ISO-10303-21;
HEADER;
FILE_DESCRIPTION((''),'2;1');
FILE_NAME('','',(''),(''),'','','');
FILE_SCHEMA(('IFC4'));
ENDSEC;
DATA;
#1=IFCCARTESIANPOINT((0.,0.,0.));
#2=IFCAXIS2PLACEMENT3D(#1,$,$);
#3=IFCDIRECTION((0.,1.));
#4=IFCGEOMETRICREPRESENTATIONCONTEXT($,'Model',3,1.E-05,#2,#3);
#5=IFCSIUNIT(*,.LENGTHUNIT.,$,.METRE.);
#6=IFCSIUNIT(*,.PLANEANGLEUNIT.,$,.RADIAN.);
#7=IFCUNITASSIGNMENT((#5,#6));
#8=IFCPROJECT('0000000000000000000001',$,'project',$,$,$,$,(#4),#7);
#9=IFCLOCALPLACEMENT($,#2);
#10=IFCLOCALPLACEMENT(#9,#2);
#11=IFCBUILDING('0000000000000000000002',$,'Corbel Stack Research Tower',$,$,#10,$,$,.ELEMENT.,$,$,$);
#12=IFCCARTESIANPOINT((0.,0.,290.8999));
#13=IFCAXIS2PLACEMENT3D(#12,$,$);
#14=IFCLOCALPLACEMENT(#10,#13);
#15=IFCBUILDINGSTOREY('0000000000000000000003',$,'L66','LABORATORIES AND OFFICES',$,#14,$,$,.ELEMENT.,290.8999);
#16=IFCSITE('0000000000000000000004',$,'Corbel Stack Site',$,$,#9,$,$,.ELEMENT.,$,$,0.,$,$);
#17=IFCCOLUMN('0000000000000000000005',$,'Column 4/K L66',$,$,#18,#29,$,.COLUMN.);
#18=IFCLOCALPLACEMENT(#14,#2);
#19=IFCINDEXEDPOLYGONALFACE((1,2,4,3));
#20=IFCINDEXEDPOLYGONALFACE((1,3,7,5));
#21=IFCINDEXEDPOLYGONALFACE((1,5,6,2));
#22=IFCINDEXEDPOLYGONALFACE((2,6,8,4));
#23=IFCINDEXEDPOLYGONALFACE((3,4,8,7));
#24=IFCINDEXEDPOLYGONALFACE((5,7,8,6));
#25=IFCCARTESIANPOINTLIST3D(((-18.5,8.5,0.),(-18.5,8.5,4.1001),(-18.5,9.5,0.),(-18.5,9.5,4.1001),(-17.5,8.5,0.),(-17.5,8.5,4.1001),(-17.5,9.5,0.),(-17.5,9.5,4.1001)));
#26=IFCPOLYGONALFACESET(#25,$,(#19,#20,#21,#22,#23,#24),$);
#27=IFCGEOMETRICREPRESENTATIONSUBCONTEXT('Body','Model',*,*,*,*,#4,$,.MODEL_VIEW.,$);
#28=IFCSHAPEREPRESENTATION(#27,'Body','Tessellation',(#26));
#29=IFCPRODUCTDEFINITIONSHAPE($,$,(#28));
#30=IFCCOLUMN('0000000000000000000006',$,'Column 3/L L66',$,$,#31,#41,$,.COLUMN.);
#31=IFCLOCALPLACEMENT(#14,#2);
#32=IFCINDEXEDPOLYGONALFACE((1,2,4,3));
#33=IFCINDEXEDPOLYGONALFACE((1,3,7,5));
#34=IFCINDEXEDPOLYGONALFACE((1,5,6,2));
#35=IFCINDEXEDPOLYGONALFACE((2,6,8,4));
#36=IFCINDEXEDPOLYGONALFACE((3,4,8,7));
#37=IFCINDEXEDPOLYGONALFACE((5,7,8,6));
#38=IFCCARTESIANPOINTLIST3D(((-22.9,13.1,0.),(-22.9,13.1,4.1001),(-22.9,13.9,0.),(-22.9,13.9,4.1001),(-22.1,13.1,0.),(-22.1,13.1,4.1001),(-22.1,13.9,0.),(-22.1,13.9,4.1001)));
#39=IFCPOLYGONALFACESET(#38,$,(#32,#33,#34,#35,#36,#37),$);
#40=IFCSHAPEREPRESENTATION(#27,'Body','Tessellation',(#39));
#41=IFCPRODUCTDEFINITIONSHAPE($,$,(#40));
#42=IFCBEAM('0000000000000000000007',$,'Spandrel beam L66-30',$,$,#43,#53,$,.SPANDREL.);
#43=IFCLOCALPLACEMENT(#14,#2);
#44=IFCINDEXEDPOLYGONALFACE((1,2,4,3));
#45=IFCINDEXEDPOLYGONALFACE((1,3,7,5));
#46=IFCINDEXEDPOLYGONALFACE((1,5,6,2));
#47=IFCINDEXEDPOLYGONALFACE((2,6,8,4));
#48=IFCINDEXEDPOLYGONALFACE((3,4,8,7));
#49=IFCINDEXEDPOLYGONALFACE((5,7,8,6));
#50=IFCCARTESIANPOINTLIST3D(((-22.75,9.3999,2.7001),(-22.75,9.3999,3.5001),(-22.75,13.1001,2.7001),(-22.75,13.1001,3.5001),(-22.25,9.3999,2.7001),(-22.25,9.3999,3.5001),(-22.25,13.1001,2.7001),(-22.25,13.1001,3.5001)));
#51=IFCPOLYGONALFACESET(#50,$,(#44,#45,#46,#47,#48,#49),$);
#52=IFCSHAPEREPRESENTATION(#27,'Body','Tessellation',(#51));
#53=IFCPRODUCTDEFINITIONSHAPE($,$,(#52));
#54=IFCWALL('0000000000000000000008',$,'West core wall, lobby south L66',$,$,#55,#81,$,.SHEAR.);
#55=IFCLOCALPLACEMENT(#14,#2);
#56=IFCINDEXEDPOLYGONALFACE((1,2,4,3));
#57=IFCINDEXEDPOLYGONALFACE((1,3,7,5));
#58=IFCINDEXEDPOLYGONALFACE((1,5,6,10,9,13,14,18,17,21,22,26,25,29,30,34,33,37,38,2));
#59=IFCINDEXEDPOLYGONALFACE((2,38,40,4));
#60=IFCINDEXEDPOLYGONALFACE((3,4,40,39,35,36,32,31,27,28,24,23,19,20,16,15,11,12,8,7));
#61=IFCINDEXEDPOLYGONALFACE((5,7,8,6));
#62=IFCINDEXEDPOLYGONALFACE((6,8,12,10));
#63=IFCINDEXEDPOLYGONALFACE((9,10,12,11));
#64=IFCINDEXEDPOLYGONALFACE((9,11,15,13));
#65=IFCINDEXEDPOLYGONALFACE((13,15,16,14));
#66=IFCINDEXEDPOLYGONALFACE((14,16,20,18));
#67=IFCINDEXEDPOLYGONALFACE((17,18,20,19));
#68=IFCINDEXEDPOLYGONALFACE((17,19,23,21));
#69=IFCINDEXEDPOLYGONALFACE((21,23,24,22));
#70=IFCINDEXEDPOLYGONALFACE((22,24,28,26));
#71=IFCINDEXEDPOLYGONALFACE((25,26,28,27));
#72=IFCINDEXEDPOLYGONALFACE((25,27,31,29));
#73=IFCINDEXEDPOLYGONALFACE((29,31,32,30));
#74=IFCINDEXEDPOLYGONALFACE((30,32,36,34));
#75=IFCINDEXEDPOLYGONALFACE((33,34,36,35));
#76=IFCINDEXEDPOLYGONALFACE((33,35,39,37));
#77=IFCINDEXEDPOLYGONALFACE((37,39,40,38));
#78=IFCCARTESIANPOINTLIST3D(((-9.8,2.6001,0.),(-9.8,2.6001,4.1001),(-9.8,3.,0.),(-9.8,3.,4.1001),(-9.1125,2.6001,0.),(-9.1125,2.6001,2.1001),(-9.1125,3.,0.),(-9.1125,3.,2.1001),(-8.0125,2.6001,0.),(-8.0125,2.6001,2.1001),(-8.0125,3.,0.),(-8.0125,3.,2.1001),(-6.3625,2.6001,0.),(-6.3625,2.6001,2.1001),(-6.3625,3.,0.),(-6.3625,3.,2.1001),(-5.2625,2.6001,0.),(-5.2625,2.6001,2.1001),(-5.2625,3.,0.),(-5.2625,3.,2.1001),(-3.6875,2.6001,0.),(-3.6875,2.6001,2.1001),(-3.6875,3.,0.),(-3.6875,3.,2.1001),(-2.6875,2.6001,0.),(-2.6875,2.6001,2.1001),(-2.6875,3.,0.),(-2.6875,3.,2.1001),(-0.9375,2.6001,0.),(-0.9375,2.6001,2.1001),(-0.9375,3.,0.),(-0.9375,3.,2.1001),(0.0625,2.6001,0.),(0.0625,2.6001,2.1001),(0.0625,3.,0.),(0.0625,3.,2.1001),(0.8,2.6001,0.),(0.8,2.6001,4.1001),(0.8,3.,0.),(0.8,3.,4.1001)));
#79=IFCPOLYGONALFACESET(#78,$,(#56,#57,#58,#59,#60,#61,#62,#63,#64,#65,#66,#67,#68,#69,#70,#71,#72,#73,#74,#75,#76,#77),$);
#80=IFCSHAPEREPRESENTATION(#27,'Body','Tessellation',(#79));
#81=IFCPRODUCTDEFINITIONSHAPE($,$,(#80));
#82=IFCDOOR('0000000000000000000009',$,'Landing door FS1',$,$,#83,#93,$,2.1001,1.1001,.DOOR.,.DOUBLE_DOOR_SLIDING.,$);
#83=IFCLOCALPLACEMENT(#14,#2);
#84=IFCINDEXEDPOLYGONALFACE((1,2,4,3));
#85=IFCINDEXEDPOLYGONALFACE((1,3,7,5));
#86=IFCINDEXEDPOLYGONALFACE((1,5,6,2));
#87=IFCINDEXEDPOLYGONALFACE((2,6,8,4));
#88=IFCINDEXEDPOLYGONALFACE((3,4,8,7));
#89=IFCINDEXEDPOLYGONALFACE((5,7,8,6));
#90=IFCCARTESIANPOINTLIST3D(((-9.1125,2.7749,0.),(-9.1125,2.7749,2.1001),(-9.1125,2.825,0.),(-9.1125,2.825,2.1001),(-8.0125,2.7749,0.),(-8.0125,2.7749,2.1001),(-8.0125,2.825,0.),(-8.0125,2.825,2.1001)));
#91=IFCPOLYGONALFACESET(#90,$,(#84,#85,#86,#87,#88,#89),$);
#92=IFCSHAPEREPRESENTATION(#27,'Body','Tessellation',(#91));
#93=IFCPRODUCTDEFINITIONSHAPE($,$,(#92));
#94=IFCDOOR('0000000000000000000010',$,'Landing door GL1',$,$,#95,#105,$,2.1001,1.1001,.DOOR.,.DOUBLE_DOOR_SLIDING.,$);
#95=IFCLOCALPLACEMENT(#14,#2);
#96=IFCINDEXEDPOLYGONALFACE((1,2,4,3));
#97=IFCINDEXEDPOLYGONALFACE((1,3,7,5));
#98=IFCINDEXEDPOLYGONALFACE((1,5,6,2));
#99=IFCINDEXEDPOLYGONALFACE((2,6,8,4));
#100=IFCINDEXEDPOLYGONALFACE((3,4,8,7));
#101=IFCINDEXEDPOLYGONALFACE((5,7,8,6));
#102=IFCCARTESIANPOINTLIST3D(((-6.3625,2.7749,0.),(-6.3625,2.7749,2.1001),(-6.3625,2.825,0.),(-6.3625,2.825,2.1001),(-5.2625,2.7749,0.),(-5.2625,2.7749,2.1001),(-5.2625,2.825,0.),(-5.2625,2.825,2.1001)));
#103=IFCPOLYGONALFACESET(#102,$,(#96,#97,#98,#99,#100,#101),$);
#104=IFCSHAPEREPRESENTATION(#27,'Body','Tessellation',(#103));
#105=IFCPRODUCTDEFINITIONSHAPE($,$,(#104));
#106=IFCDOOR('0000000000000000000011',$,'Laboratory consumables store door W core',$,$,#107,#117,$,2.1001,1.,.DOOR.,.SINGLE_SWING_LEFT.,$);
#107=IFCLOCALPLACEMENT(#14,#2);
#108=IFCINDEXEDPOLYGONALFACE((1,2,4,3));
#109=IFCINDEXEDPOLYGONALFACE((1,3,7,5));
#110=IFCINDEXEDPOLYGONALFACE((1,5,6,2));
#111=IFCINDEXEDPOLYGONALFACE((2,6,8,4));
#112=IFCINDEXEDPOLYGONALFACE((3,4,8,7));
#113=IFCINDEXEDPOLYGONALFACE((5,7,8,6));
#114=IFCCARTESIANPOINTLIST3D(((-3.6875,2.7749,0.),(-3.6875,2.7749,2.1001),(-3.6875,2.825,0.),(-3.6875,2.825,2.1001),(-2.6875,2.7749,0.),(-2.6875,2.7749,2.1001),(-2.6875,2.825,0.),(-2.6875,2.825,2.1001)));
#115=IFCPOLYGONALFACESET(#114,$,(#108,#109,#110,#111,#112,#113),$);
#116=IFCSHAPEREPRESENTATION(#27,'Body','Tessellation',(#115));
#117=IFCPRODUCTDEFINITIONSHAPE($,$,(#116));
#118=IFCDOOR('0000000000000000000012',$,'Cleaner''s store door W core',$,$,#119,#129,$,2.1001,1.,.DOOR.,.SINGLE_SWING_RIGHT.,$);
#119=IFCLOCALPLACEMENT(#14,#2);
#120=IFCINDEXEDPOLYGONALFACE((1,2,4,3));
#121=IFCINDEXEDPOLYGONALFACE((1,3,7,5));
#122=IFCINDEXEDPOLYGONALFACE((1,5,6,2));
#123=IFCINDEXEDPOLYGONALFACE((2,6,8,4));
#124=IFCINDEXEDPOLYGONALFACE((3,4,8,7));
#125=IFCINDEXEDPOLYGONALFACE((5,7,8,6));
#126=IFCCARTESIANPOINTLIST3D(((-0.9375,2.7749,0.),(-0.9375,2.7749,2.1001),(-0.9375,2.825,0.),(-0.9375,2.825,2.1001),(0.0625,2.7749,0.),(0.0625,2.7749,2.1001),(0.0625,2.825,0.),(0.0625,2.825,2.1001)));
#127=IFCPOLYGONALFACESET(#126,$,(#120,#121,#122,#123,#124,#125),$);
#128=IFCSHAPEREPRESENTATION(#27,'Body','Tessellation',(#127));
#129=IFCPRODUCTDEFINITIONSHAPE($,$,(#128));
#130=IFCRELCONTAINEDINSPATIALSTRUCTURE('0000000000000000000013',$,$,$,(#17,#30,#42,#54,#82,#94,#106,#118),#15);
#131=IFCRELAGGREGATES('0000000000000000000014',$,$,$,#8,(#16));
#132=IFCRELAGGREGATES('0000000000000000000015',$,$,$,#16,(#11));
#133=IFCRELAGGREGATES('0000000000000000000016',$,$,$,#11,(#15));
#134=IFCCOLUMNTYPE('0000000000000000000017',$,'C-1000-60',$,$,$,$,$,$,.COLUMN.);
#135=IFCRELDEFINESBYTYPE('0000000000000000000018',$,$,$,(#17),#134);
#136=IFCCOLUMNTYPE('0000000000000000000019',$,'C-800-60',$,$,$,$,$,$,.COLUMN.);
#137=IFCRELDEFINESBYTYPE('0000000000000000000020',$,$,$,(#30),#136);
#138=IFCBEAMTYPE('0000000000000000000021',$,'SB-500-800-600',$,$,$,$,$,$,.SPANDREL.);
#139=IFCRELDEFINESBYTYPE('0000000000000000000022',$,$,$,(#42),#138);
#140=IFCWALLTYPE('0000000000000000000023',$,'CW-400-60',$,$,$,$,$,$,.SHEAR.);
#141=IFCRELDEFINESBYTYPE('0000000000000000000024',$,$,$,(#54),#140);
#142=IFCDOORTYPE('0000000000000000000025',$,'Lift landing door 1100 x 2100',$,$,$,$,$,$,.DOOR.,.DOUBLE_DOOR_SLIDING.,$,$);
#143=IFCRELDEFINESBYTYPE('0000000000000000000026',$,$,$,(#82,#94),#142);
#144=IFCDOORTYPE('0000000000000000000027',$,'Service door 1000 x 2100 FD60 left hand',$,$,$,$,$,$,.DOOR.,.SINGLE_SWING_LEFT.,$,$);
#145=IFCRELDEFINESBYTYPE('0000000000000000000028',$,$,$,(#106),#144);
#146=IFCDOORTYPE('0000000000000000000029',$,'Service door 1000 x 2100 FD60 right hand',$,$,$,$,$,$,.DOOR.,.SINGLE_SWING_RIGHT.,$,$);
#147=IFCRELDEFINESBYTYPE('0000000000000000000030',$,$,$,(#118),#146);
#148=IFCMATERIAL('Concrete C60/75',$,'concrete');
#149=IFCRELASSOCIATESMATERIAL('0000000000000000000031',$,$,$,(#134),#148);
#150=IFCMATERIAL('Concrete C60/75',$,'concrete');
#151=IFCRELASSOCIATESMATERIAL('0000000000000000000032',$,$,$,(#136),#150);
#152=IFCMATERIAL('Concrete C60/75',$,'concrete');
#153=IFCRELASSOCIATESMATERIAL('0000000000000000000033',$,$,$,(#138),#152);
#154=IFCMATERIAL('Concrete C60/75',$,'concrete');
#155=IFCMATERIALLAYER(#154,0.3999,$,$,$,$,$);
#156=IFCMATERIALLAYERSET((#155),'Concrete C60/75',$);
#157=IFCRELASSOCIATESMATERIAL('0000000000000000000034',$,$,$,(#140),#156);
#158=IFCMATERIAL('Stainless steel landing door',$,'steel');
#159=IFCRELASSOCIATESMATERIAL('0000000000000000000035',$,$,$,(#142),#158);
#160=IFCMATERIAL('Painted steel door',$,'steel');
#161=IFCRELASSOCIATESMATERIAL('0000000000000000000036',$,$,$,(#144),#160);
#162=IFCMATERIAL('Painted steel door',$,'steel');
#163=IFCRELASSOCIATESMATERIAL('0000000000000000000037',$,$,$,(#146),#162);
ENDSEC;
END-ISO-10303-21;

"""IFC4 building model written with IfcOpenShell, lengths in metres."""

from ifc_helpers import new_model, si_unit, direction, frame, frame_2d, origin, origin_2d, place, context, subcontext, project, spatial, rectangle, extrude, material, layer, layer_set, material_profile, profile_set, type_object, element, fill, save


model = new_model("IFC4")

# Units and contexts
model_context = context("Model", 3, precision=1e-05, world=origin(), true_north=direction((0.0, 1.0)))
body_context = subcontext(model_context, "Body", "Model", "MODEL_VIEW")
ifc_project = project(units=[si_unit("LENGTHUNIT", "METRE"), si_unit("PLANEANGLEUNIT", "RADIAN")], contexts=[model_context])

# Site, building, storey
site_placement = place(None, origin())
site = spatial("IfcSite", under=ifc_project, at=site_placement, Name="Corbel Stack Site", CompositionType="ELEMENT", RefElevation=0.0)
building_placement = place(site_placement, origin())
building = spatial("IfcBuilding", under=site, at=building_placement, Name="Corbel Stack Research Tower", CompositionType="ELEMENT")
storey_placement = place(building_placement, frame((0.0, 0.0, 290.8999)))
storey = spatial("IfcBuildingStorey", under=building, at=storey_placement, Name="L66", Description="LABORATORIES AND OFFICES", CompositionType="ELEMENT", Elevation=290.8999)

# Columns
ifc_material_1 = material(Name="Concrete C60/75", Category="concrete")
ifc_material_profile_1 = material_profile(ifc_material_1, rectangle(XDim=1.0, YDim=1.0, at=origin_2d()), Name="RC 1000 x 1000")
ifc_profile_set_1 = profile_set([ifc_material_profile_1], Name="Concrete C60/75")
column_type_1 = type_object("IfcColumnType", Name="C-1000-60", PredefinedType="COLUMN", material=ifc_profile_set_1)
column_1_placement = place(storey_placement, frame((-18.0, 9.0, 0.0), z_axis=(0.0, 0.0, 1.0), x_axis=(1.0, 0.0, 0.0)))
element("IfcColumn", 1, at=column_1_placement, inside=storey, type_object=column_type_1, Name="Column 4/K L66", PredefinedType="COLUMN", context=body_context, shape_type="SweptSolid", body=[
    extrude(rectangle(XDim=1.0, YDim=1.0, at=origin_2d()), origin(), (0.0, 0.0, 1.0), 4.1001),
])
ifc_material_2 = material(Name="Concrete C60/75", Category="concrete")
ifc_material_profile_2 = material_profile(ifc_material_2, rectangle(XDim=0.8, YDim=0.8, at=origin_2d()), Name="RC 800 x 800")
ifc_profile_set_2 = profile_set([ifc_material_profile_2], Name="Concrete C60/75")
column_type_2 = type_object("IfcColumnType", Name="C-800-60", PredefinedType="COLUMN", material=ifc_profile_set_2)
column_2_placement = place(storey_placement, frame((-22.5, 13.5, 0.0), z_axis=(0.0, 0.0, 1.0), x_axis=(1.0, 0.0, 0.0)))
element("IfcColumn", 2, at=column_2_placement, inside=storey, type_object=column_type_2, Name="Column 3/L L66", PredefinedType="COLUMN", context=body_context, shape_type="SweptSolid", body=[
    extrude(rectangle(XDim=0.8, YDim=0.8, at=origin_2d()), origin(), (0.0, 0.0, 1.0), 4.1001),
])

# Beam
ifc_material_3 = material(Name="Concrete C60/75", Category="concrete")
ifc_material_profile_3 = material_profile(ifc_material_3, rectangle(XDim=0.5, YDim=0.8, at=origin_2d()), Name="RC 500 x 800")
ifc_profile_set_3 = profile_set([ifc_material_profile_3], Name="Concrete C60/75")
beam_type = type_object("IfcBeamType", Name="SB-500-800-600", PredefinedType="SPANDREL", material=ifc_profile_set_3)
beam_placement = place(storey_placement, frame((-22.5, 13.1001, 3.1001), z_axis=(0.0, -1.0, 0.0), x_axis=(1.0, 0.0, 0.0)))
element("IfcBeam", 3, at=beam_placement, inside=storey, type_object=beam_type, Name="Spandrel beam L66-30", PredefinedType="SPANDREL", context=body_context, shape_type="SweptSolid", body=[
    extrude(rectangle(XDim=0.5, YDim=0.8, at=origin_2d()), origin(), (0.0, 0.0, 1.0), 3.7002),
])

# Wall, openings, doors
ifc_material_4 = material(Name="Concrete C60/75", Category="concrete")
ifc_layer_1 = layer(ifc_material_4, 0.3999)
ifc_layer_set_1 = layer_set([ifc_layer_1], Name="Concrete C60/75")
wall_type_1 = type_object("IfcWallType", Name="CW-400-60", PredefinedType="SHEAR", material=ifc_layer_set_1)
wall_1_placement = place(storey_placement, frame((-9.8, 2.8, 0.0), z_axis=(0.0, 0.0, 1.0), x_axis=(1.0, 0.0, 0.0)))
wall_1 = element("IfcWall", 4, at=wall_1_placement, inside=storey, type_object=wall_type_1, Name="West core wall, lobby south L66", PredefinedType="SHEAR", context=body_context, shape_type="SweptSolid", body=[
    extrude(rectangle(XDim=10.6001, YDim=0.3999, at=frame_2d((5.3, 0.0))), origin(), (0.0, 0.0, 1.0), 4.1001),
])
opening_1_placement = place(wall_1_placement, frame((0.6875, 0.0, 0.0)))
opening_1 = element("IfcOpeningElement", 5, at=opening_1_placement, cuts=wall_1, PredefinedType="OPENING", context=body_context, shape_type="SweptSolid", body=[
    extrude(rectangle(XDim=1.1001, YDim=2.1001, at=frame_2d((0.55, 1.05))), frame((0.0, 0.21, 0.0), z_axis=(0.0, -1.0, 0.0), x_axis=(1.0, 0.0, 0.0)), (0.0, 0.0, 1.0), 0.4199),
])
opening_2_placement = place(wall_1_placement, frame((3.4375, 0.0, 0.0)))
opening_2 = element("IfcOpeningElement", 6, at=opening_2_placement, cuts=wall_1, PredefinedType="OPENING", context=body_context, shape_type="SweptSolid", body=[
    extrude(rectangle(XDim=1.1001, YDim=2.1001, at=frame_2d((0.55, 1.05))), frame((0.0, 0.21, 0.0), z_axis=(0.0, -1.0, 0.0), x_axis=(1.0, 0.0, 0.0)), (0.0, 0.0, 1.0), 0.4199),
])
opening_3_placement = place(wall_1_placement, frame((6.1125, 0.0, 0.0)))
opening_3 = element("IfcOpeningElement", 7, at=opening_3_placement, cuts=wall_1, PredefinedType="OPENING", context=body_context, shape_type="SweptSolid", body=[
    extrude(rectangle(XDim=1.0, YDim=2.1001, at=frame_2d((0.5, 1.05))), frame((0.0, 0.21, 0.0), z_axis=(0.0, -1.0, 0.0), x_axis=(1.0, 0.0, 0.0)), (0.0, 0.0, 1.0), 0.4199),
])
opening_4_placement = place(wall_1_placement, frame((8.8625, 0.0, 0.0)))
opening_4 = element("IfcOpeningElement", 8, at=opening_4_placement, cuts=wall_1, PredefinedType="OPENING", context=body_context, shape_type="SweptSolid", body=[
    extrude(rectangle(XDim=1.0, YDim=2.1001, at=frame_2d((0.5, 1.05))), frame((0.0, 0.21, 0.0), z_axis=(0.0, -1.0, 0.0), x_axis=(1.0, 0.0, 0.0)), (0.0, 0.0, 1.0), 0.4199),
])
ifc_material_5 = material(Name="Stainless steel landing door", Category="steel")
door_type_1 = type_object("IfcDoorType", Name="Lift landing door 1100 x 2100", OperationType="DOUBLE_DOOR_SLIDING", PredefinedType="DOOR", material=ifc_material_5)
door_1_placement = place(opening_1_placement, origin())
door_1 = element("IfcDoor", 9, at=door_1_placement, inside=storey, type_object=door_type_1, Name="Landing door FS1", OperationType="DOUBLE_DOOR_SLIDING", OverallHeight=2.1001, OverallWidth=1.1001, PredefinedType="DOOR", context=body_context, shape_type="SweptSolid", body=[
    extrude(rectangle(XDim=1.1001, YDim=2.1001, at=frame_2d((0.55, 1.05))), frame((0.0, 0.0249, 0.0), z_axis=(0.0, -1.0, 0.0), x_axis=(1.0, 0.0, 0.0)), (0.0, 0.0, 1.0), 0.05),
])
fill(opening_1, door_1)
door_2_placement = place(opening_2_placement, origin())
door_2 = element("IfcDoor", 10, at=door_2_placement, inside=storey, type_object=door_type_1, Name="Landing door GL1", OperationType="DOUBLE_DOOR_SLIDING", OverallHeight=2.1001, OverallWidth=1.1001, PredefinedType="DOOR", context=body_context, shape_type="SweptSolid", body=[
    extrude(rectangle(XDim=1.1001, YDim=2.1001, at=frame_2d((0.55, 1.05))), frame((0.0, 0.0249, 0.0), z_axis=(0.0, -1.0, 0.0), x_axis=(1.0, 0.0, 0.0)), (0.0, 0.0, 1.0), 0.05),
])
fill(opening_2, door_2)
ifc_material_6 = material(Name="Painted steel door", Category="steel")
door_type_2 = type_object("IfcDoorType", Name="Service door 1000 x 2100 FD60 left hand", OperationType="SINGLE_SWING_LEFT", PredefinedType="DOOR", material=ifc_material_6)
door_3_placement = place(opening_3_placement, origin())
door_3 = element("IfcDoor", 11, at=door_3_placement, inside=storey, type_object=door_type_2, Name="Laboratory consumables store door W core", OperationType="SINGLE_SWING_LEFT", OverallHeight=2.1001, OverallWidth=1.0, PredefinedType="DOOR", context=body_context, shape_type="SweptSolid", body=[
    extrude(rectangle(XDim=1.0, YDim=2.1001, at=frame_2d((0.5, 1.05))), frame((0.0, 0.0249, 0.0), z_axis=(0.0, -1.0, 0.0), x_axis=(1.0, 0.0, 0.0)), (0.0, 0.0, 1.0), 0.05),
])
fill(opening_3, door_3)
ifc_material_7 = material(Name="Painted steel door", Category="steel")
door_type_3 = type_object("IfcDoorType", Name="Service door 1000 x 2100 FD60 right hand", OperationType="SINGLE_SWING_RIGHT", PredefinedType="DOOR", material=ifc_material_7)
door_4_placement = place(opening_4_placement, origin())
door_4 = element("IfcDoor", 12, at=door_4_placement, inside=storey, type_object=door_type_3, Name="Cleaner's store door W core", OperationType="SINGLE_SWING_RIGHT", OverallHeight=2.1001, OverallWidth=1.0, PredefinedType="DOOR", context=body_context, shape_type="SweptSolid", body=[
    extrude(rectangle(XDim=1.0, YDim=2.1001, at=frame_2d((0.5, 1.05))), frame((0.0, 0.0249, 0.0), z_axis=(0.0, -1.0, 0.0), x_axis=(1.0, 0.0, 0.0)), (0.0, 0.0, 1.0), 0.05),
])
fill(opening_4, door_4)

save(model, "model.ifc")
